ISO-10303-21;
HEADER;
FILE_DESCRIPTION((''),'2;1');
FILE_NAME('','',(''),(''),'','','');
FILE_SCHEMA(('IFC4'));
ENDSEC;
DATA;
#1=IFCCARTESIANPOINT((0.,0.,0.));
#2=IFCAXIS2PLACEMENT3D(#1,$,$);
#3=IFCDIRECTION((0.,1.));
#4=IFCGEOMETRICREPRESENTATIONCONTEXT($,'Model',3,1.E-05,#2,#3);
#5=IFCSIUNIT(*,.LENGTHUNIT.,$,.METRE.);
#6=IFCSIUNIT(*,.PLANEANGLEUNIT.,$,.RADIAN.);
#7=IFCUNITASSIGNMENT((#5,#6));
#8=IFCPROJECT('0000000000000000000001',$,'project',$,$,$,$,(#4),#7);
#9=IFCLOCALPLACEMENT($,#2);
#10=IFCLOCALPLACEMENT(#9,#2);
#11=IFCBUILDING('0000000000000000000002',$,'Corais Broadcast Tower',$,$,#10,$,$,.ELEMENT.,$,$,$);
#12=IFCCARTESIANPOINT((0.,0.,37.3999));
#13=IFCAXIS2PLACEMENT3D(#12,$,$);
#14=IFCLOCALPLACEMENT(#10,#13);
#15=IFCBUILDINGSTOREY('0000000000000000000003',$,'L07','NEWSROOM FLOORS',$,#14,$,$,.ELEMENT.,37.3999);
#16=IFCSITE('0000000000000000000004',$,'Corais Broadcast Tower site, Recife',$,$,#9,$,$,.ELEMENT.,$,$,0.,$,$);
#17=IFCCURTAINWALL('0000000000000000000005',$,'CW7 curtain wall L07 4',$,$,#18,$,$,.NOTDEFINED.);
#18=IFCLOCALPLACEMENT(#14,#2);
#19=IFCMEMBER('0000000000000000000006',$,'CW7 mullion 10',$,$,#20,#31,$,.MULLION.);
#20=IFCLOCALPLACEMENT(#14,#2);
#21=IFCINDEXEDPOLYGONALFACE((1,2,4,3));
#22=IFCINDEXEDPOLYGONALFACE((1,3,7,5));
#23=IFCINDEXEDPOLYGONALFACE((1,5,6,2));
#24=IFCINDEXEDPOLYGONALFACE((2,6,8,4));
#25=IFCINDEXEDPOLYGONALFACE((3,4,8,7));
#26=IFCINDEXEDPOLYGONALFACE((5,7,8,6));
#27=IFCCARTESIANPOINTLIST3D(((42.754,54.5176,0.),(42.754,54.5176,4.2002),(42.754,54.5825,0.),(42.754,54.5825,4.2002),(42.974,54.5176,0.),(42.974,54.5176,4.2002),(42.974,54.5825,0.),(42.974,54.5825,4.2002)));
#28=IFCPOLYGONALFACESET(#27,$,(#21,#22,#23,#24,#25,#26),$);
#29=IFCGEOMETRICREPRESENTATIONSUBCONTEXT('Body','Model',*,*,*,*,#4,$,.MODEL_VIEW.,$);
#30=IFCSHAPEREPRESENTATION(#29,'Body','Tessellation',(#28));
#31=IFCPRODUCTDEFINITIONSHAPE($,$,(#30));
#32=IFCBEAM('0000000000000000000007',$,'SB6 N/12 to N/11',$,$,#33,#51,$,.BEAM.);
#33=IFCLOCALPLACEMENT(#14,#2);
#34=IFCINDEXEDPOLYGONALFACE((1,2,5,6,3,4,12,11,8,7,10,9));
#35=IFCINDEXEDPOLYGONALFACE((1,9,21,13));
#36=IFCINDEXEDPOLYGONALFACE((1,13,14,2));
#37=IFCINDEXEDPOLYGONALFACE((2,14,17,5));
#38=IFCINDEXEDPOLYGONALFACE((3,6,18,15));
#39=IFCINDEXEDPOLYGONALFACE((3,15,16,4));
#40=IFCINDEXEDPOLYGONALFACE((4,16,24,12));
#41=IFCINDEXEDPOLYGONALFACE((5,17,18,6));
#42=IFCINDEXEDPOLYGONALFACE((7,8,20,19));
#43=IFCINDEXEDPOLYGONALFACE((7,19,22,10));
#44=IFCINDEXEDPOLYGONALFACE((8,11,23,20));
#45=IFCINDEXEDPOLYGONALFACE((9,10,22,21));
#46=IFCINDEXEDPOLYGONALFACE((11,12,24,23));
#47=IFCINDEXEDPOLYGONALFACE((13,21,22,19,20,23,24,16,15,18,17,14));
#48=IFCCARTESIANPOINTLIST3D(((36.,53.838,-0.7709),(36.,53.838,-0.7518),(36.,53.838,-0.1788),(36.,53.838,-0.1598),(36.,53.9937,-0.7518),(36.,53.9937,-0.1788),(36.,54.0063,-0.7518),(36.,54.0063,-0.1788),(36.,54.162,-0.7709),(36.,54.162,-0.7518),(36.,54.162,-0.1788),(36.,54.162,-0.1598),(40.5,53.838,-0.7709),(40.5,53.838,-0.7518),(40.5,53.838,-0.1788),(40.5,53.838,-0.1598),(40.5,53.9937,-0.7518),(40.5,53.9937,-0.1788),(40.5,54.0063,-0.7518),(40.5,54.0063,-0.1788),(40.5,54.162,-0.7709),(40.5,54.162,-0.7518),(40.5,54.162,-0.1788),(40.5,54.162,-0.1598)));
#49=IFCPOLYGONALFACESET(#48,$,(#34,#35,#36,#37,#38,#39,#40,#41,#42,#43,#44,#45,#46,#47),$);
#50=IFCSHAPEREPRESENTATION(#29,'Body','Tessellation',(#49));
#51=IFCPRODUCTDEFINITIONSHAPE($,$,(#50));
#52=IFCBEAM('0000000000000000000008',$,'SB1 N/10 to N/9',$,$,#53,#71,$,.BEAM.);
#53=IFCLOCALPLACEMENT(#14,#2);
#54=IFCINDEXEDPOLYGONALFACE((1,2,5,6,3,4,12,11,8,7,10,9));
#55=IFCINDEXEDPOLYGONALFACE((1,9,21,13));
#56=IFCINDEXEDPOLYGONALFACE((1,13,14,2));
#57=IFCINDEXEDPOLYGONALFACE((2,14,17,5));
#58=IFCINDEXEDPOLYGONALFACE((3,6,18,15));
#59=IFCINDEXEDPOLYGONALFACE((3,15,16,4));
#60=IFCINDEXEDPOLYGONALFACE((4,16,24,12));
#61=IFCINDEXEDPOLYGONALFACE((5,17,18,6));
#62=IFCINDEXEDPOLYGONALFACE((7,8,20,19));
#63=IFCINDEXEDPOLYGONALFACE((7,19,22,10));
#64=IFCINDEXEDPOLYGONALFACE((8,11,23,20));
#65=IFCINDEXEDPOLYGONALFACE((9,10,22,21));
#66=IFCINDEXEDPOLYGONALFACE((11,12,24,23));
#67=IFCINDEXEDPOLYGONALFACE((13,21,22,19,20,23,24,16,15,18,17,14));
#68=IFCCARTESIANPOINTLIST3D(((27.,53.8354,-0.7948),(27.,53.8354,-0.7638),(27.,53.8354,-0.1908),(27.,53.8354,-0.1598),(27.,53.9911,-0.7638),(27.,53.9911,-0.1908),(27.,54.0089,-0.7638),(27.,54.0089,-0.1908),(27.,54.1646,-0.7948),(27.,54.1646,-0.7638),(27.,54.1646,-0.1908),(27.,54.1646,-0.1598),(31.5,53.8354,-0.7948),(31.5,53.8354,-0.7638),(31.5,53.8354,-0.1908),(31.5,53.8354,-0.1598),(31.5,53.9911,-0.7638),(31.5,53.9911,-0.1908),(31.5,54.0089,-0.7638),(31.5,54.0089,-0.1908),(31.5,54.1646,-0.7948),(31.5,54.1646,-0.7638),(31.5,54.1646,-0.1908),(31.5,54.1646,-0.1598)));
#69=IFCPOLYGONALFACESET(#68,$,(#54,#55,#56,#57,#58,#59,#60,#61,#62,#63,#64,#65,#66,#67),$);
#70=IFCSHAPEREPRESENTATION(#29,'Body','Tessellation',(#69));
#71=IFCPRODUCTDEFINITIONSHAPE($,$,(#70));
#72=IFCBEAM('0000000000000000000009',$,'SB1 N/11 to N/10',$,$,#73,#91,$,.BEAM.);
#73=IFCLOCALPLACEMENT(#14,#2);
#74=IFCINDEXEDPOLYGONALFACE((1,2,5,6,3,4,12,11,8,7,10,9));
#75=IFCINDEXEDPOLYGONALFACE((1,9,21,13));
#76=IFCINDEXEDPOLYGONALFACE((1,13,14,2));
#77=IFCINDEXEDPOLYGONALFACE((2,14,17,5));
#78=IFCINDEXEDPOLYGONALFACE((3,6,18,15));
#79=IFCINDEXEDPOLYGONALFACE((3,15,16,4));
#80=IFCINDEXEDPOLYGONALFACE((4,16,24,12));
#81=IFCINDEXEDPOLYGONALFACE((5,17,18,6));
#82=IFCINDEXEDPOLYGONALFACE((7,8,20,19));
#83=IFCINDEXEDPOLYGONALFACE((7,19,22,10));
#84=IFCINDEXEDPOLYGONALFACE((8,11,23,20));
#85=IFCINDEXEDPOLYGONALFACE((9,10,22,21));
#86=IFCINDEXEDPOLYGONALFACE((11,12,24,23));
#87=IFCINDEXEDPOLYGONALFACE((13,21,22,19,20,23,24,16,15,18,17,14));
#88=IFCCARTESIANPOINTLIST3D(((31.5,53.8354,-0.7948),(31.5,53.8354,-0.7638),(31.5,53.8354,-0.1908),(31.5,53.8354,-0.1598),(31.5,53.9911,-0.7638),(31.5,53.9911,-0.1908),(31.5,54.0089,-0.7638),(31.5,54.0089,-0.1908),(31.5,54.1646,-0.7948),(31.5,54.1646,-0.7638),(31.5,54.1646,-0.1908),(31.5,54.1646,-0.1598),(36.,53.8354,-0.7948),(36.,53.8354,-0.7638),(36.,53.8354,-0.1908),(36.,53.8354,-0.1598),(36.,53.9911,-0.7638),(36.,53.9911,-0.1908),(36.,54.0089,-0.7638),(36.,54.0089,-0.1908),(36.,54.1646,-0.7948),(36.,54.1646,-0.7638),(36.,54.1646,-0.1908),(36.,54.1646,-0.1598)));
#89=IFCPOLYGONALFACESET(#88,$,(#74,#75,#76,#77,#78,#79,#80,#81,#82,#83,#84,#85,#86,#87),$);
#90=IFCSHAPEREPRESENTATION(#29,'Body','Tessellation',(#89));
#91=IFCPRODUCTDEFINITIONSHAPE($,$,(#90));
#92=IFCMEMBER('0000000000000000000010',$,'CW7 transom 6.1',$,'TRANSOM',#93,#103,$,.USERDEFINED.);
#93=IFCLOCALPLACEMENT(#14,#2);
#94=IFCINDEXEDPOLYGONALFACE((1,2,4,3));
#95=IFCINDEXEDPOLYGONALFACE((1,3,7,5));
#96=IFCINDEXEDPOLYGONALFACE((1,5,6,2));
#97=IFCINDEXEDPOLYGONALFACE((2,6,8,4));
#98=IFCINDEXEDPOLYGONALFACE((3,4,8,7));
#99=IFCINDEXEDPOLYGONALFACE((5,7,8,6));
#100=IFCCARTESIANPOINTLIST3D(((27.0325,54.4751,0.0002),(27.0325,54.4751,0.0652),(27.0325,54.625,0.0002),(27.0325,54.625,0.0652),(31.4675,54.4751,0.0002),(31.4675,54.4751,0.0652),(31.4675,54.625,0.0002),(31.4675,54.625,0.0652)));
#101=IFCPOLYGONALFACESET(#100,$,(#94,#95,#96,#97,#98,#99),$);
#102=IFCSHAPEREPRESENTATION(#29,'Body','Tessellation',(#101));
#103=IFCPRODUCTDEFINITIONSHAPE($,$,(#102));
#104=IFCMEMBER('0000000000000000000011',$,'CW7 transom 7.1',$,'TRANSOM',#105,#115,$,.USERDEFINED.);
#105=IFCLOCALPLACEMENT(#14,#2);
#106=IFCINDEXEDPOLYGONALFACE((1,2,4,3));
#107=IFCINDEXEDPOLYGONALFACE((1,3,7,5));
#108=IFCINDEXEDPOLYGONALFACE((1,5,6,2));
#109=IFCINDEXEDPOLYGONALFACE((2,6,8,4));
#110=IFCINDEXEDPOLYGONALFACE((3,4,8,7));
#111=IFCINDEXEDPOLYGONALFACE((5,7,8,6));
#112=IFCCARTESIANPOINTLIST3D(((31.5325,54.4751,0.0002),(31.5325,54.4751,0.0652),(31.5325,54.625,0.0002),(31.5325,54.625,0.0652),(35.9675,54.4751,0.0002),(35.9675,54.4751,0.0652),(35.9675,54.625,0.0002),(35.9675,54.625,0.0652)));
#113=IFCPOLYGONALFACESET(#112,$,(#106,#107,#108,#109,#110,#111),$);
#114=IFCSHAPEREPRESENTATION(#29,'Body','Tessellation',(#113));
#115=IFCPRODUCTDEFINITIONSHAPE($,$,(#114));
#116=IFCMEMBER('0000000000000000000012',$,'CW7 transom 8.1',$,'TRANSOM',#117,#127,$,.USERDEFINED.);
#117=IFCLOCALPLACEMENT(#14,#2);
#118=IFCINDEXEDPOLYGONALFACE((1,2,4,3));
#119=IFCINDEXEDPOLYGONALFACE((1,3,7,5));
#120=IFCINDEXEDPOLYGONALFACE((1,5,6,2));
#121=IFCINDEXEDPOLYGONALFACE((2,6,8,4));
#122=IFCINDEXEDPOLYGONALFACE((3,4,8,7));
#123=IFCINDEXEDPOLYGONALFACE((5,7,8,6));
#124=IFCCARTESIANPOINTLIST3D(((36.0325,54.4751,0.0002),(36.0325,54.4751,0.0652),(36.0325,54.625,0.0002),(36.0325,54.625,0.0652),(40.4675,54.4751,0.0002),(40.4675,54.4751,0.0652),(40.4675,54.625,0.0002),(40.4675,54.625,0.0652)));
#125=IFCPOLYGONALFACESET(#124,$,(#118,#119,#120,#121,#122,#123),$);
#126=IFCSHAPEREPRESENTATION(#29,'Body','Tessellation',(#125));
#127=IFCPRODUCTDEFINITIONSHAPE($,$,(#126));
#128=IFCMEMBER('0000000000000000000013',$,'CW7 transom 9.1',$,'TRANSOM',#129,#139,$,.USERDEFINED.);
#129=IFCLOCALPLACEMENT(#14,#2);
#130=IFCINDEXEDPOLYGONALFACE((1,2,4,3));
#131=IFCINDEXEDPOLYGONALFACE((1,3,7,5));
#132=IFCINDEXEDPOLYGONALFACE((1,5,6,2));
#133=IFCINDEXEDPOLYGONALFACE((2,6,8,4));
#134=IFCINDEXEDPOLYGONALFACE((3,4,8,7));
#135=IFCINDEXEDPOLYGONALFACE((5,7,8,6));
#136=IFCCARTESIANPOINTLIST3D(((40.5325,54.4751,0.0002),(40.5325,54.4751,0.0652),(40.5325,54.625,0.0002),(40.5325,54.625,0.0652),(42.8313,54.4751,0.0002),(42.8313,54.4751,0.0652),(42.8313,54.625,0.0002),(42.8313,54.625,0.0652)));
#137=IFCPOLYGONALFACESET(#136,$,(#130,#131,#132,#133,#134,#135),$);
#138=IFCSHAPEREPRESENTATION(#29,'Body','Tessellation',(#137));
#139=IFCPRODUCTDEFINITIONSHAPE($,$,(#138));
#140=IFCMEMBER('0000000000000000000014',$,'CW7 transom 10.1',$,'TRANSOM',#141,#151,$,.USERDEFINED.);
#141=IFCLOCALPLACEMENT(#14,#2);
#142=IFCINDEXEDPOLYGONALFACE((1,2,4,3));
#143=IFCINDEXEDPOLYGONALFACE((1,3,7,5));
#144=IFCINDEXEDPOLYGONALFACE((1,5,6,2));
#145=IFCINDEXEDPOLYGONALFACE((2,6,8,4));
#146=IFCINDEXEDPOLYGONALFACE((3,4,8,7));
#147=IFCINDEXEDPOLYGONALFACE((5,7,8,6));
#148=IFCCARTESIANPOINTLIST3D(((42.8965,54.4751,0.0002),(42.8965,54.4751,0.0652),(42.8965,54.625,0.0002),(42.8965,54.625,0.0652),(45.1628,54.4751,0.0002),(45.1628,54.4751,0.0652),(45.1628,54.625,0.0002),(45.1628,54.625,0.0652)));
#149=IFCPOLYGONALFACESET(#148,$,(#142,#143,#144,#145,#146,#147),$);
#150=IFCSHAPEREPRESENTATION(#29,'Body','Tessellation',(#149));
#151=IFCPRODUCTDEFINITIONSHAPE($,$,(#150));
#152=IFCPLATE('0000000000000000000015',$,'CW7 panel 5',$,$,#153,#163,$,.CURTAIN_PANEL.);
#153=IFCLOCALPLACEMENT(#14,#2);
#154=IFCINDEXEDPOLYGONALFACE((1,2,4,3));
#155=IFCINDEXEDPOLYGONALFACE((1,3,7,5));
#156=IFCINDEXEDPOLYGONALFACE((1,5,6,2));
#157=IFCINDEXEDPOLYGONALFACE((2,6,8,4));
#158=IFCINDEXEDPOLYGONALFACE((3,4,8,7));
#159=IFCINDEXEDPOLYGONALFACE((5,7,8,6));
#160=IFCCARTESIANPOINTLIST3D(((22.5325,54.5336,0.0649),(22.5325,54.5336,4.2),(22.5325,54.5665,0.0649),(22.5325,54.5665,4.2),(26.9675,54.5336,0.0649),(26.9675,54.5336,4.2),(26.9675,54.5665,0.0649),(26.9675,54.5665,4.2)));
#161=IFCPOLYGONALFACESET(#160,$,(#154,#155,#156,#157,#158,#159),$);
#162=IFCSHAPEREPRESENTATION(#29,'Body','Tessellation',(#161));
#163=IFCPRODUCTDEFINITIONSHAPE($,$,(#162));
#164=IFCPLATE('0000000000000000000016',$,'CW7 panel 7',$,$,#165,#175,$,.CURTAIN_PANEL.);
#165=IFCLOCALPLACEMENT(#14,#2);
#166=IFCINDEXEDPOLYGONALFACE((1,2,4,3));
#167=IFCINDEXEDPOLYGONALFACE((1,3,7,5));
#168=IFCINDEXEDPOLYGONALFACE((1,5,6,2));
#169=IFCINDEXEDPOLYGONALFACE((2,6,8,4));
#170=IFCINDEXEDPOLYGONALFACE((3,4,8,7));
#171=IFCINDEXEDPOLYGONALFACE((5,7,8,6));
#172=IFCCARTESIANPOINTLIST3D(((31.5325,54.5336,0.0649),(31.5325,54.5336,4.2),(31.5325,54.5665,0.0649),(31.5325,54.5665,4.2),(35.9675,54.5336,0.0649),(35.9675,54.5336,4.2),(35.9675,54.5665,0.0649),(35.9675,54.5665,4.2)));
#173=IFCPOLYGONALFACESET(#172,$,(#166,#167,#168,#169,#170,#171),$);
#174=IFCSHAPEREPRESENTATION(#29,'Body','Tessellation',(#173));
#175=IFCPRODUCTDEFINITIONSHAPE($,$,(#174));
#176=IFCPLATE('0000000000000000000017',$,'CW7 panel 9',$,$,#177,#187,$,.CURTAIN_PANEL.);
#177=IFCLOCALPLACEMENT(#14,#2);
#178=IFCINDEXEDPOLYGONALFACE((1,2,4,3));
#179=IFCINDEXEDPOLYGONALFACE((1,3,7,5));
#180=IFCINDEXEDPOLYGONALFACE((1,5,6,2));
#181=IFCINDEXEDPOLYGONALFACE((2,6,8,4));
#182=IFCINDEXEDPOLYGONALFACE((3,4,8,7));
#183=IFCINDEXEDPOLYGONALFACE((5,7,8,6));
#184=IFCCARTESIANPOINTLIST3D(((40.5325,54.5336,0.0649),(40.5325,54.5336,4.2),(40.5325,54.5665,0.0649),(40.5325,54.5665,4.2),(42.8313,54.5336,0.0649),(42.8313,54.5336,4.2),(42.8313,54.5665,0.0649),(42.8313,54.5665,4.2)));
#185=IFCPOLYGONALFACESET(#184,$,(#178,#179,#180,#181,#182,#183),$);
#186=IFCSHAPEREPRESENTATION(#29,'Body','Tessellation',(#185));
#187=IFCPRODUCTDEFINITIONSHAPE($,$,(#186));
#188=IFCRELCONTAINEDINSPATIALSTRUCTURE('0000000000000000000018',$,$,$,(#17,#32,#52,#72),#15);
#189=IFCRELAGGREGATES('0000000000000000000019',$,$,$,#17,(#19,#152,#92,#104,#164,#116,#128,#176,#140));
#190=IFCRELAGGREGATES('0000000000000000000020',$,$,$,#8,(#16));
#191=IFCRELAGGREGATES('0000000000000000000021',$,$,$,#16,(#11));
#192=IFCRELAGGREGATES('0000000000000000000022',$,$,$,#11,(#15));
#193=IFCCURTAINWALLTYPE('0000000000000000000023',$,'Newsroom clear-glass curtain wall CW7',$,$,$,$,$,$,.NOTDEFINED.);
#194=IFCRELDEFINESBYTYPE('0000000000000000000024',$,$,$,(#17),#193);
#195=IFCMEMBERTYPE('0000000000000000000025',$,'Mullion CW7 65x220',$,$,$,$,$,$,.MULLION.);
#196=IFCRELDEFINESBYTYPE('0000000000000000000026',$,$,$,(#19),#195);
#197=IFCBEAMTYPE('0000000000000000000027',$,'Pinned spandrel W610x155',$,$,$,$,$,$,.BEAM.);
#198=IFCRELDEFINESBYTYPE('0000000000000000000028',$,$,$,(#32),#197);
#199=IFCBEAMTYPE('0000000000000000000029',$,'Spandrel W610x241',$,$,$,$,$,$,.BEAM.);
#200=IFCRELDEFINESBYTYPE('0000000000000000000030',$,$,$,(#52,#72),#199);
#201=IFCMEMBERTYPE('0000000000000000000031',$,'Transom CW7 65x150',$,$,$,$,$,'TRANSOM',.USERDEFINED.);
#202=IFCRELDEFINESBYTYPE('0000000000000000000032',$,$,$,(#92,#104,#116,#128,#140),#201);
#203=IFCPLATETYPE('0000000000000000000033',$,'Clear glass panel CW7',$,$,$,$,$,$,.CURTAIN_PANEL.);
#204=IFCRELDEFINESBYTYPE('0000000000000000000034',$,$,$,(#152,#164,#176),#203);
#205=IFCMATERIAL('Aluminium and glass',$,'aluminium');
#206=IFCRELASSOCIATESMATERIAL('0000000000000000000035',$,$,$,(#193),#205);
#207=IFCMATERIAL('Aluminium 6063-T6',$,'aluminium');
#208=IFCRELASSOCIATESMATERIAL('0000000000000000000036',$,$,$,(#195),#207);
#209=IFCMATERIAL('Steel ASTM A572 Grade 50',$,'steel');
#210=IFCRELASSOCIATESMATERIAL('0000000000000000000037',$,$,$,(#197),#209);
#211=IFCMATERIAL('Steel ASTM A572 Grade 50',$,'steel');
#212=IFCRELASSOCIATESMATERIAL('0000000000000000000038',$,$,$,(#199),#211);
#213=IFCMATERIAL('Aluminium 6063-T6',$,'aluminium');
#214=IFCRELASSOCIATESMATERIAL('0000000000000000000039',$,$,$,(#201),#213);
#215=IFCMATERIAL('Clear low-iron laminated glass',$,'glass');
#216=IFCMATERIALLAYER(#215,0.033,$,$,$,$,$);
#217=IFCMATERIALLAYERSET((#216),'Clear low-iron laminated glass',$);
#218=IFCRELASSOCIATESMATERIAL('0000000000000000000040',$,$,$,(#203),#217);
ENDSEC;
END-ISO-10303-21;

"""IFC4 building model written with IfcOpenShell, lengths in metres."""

from ifc_helpers import new_model, si_unit, direction, frame, origin, origin_2d, place, context, subcontext, project, spatial, rectangle, i_section, extrude, material, layer, layer_set, material_profile, profile_set, type_object, element, aggregate, save


model = new_model("IFC4")

# Units and contexts
model_context = context("Model", 3, precision=1e-05, world=origin(), true_north=direction((0.0, 1.0)))
body_context = subcontext(model_context, "Body", "Model", "MODEL_VIEW")
ifc_project = project(units=[si_unit("LENGTHUNIT", "METRE"), si_unit("PLANEANGLEUNIT", "RADIAN")], contexts=[model_context])

# Site, building, storey
site_placement = place(None, origin())
site = spatial("IfcSite", under=ifc_project, at=site_placement, Name="Corais Broadcast Tower site, Recife", CompositionType="ELEMENT", RefElevation=0.0)
building_placement = place(site_placement, origin())
building = spatial("IfcBuilding", under=site, at=building_placement, Name="Corais Broadcast Tower", CompositionType="ELEMENT")
storey_placement = place(building_placement, frame((0.0, 0.0, 37.3999)))
storey = spatial("IfcBuildingStorey", under=building, at=storey_placement, Name="L07", Description="NEWSROOM FLOORS", CompositionType="ELEMENT", Elevation=37.3999)

# Curtain wall, member
ifc_material_1 = material(Name="Aluminium and glass", Category="aluminium")
curtain_wall_type = type_object("IfcCurtainWallType", Name="Newsroom clear-glass curtain wall CW7", PredefinedType="NOTDEFINED", material=ifc_material_1)
curtain_wall_placement = place(storey_placement, origin())
curtain_wall = element("IfcCurtainWall", 1, at=curtain_wall_placement, inside=storey, type_object=curtain_wall_type, Name="CW7 curtain wall L07 4", PredefinedType="NOTDEFINED")
ifc_material_2 = material(Name="Aluminium 6063-T6", Category="aluminium")
ifc_material_profile_1 = material_profile(ifc_material_2, rectangle(XDim=0.0649, YDim=0.22, at=origin_2d()), Name="Mullion CW7 65x220")
ifc_profile_set_1 = profile_set([ifc_material_profile_1], Name="Aluminium 6063-T6")
member_type_1 = type_object("IfcMemberType", Name="Mullion CW7 65x220", PredefinedType="MULLION", material=ifc_profile_set_1)
member_1_placement = place(storey_placement, frame((42.864, 54.55, 0.0), z_axis=(0.0, 0.0, 1.0), x_axis=(0.0, 1.0, 0.0)))
member_1 = element("IfcMember", 2, at=member_1_placement, type_object=member_type_1, Name="CW7 mullion 10", PredefinedType="MULLION", context=body_context, shape_type="SweptSolid", body=[
    extrude(rectangle(XDim=0.0649, YDim=0.22, at=origin_2d()), origin(), (0.0, 0.0, 1.0), 4.2002),
])

# Beams
ifc_material_3 = material(Name="Steel ASTM A572 Grade 50", Category="steel")
ifc_material_profile_2 = material_profile(ifc_material_3, i_section(OverallWidth=0.324, OverallDepth=0.6111, WebThickness=0.0127, FlangeThickness=0.019, at=origin_2d()), Name="W610x155")
ifc_profile_set_2 = profile_set([ifc_material_profile_2], Name="Steel ASTM A572 Grade 50")
beam_type_1 = type_object("IfcBeamType", Name="Pinned spandrel W610x155", PredefinedType="BEAM", material=ifc_profile_set_2)
beam_1_placement = place(storey_placement, frame((40.5, 54.0, -0.4653), z_axis=(-1.0, 0.0, 0.0), x_axis=(0.0, -1.0, 0.0)))
element("IfcBeam", 3, at=beam_1_placement, inside=storey, type_object=beam_type_1, Name="SB6 N/12 to N/11", PredefinedType="BEAM", context=body_context, shape_type="SweptSolid", body=[
    extrude(i_section(OverallWidth=0.324, OverallDepth=0.6111, WebThickness=0.0127, FlangeThickness=0.019, at=origin_2d()), origin(), (0.0, 0.0, 1.0), 4.5),
])
ifc_material_4 = material(Name="Steel ASTM A572 Grade 50", Category="steel")
ifc_material_profile_3 = material_profile(ifc_material_4, i_section(OverallWidth=0.3291, OverallDepth=0.635, WebThickness=0.0178, FlangeThickness=0.031, at=origin_2d()), Name="W610x241")
ifc_profile_set_3 = profile_set([ifc_material_profile_3], Name="Steel ASTM A572 Grade 50")
beam_type_2 = type_object("IfcBeamType", Name="Spandrel W610x241", PredefinedType="BEAM", material=ifc_profile_set_3)
for number, where, z_axis, x_axis, name in (
    (4, (31.5, 54.0, -0.4773), (-1.0, 0.0, 0.0), (0.0, -1.0, 0.0), "SB1 N/10 to N/9"),
    (5, (36.0, 54.0, -0.4773), (-1.0, 0.0, 0.0), (0.0, -1.0, 0.0), "SB1 N/11 to N/10"),
):
    element("IfcBeam", number, at=place(storey_placement, frame(where, z_axis=z_axis, x_axis=x_axis)), inside=storey, type_object=beam_type_2, Name=name, PredefinedType="BEAM", context=body_context, shape_type="SweptSolid", body=[
        extrude(i_section(OverallWidth=0.3291, OverallDepth=0.635, WebThickness=0.0178, FlangeThickness=0.031, at=origin_2d()), origin(), (0.0, 0.0, 1.0), 4.5),
    ])

# Members
ifc_material_5 = material(Name="Aluminium 6063-T6", Category="aluminium")
ifc_material_profile_4 = material_profile(ifc_material_5, rectangle(XDim=0.1499, YDim=0.0649, at=origin_2d()), Name="Transom CW7 65x150")
ifc_profile_set_4 = profile_set([ifc_material_profile_4], Name="Aluminium 6063-T6")
member_type_2 = type_object("IfcMemberType", Name="Transom CW7 65x150", ElementType="TRANSOM", PredefinedType="USERDEFINED", material=ifc_profile_set_4)
member_2_placement = place(storey_placement, frame((27.0325, 54.55, 0.0327), z_axis=(1.0, 0.0, 0.0), x_axis=(0.0, 1.0, 0.0)))
member_2 = element("IfcMember", 6, at=member_2_placement, type_object=member_type_2, Name="CW7 transom 6.1", ObjectType="TRANSOM", PredefinedType="USERDEFINED", context=body_context, shape_type="SweptSolid", body=[
    extrude(rectangle(XDim=0.1499, YDim=0.0649, at=origin_2d()), origin(), (0.0, 0.0, 1.0), 4.4351),
])
member_3_placement = place(storey_placement, frame((31.5325, 54.55, 0.0327), z_axis=(1.0, 0.0, 0.0), x_axis=(0.0, 1.0, 0.0)))
member_3 = element("IfcMember", 7, at=member_3_placement, type_object=member_type_2, Name="CW7 transom 7.1", ObjectType="TRANSOM", PredefinedType="USERDEFINED", context=body_context, shape_type="SweptSolid", body=[
    extrude(rectangle(XDim=0.1499, YDim=0.0649, at=origin_2d()), origin(), (0.0, 0.0, 1.0), 4.4351),
])
member_4_placement = place(storey_placement, frame((36.0325, 54.55, 0.0327), z_axis=(1.0, 0.0, 0.0), x_axis=(0.0, 1.0, 0.0)))
member_4 = element("IfcMember", 8, at=member_4_placement, type_object=member_type_2, Name="CW7 transom 8.1", ObjectType="TRANSOM", PredefinedType="USERDEFINED", context=body_context, shape_type="SweptSolid", body=[
    extrude(rectangle(XDim=0.1499, YDim=0.0649, at=origin_2d()), origin(), (0.0, 0.0, 1.0), 4.4351),
])
member_5_placement = place(storey_placement, frame((40.5325, 54.55, 0.0327), z_axis=(1.0, 0.0, 0.0), x_axis=(0.0, 1.0, 0.0)))
member_5 = element("IfcMember", 9, at=member_5_placement, type_object=member_type_2, Name="CW7 transom 9.1", ObjectType="TRANSOM", PredefinedType="USERDEFINED", context=body_context, shape_type="SweptSolid", body=[
    extrude(rectangle(XDim=0.1499, YDim=0.0649, at=origin_2d()), origin(), (0.0, 0.0, 1.0), 2.2988),
])
member_6_placement = place(storey_placement, frame((42.8965, 54.55, 0.0327), z_axis=(1.0, 0.0, 0.0), x_axis=(0.0, 1.0, 0.0)))
member_6 = element("IfcMember", 10, at=member_6_placement, type_object=member_type_2, Name="CW7 transom 10.1", ObjectType="TRANSOM", PredefinedType="USERDEFINED", context=body_context, shape_type="SweptSolid", body=[
    extrude(rectangle(XDim=0.1499, YDim=0.0649, at=origin_2d()), origin(), (0.0, 0.0, 1.0), 2.2664),
])

# Plates
ifc_material_6 = material(Name="Clear low-iron laminated glass", Category="glass")
ifc_layer_1 = layer(ifc_material_6, 0.033)
ifc_layer_set_1 = layer_set([ifc_layer_1], Name="Clear low-iron laminated glass")
plate_type_1 = type_object("IfcPlateType", Name="Clear glass panel CW7", PredefinedType="CURTAIN_PANEL", material=ifc_layer_set_1)
plate_1_placement = place(storey_placement, frame((24.75, 54.55, 0.0649), z_axis=(0.0, 0.0, 1.0), x_axis=(1.0, 0.0, 0.0)))
plate_1 = element("IfcPlate", 11, at=plate_1_placement, type_object=plate_type_1, Name="CW7 panel 5", PredefinedType="CURTAIN_PANEL", context=body_context, shape_type="SweptSolid", body=[
    extrude(rectangle(XDim=4.4351, YDim=0.033, at=origin_2d()), origin(), (0.0, 0.0, 1.0), 4.135),
])
plate_2_placement = place(storey_placement, frame((33.75, 54.55, 0.0649), z_axis=(0.0, 0.0, 1.0), x_axis=(1.0, 0.0, 0.0)))
plate_2 = element("IfcPlate", 12, at=plate_2_placement, type_object=plate_type_1, Name="CW7 panel 7", PredefinedType="CURTAIN_PANEL", context=body_context, shape_type="SweptSolid", body=[
    extrude(rectangle(XDim=4.4351, YDim=0.033, at=origin_2d()), origin(), (0.0, 0.0, 1.0), 4.135),
])
plate_3_placement = place(storey_placement, frame((41.6819, 54.55, 0.0649), z_axis=(0.0, 0.0, 1.0), x_axis=(1.0, 0.0, 0.0)))
plate_3 = element("IfcPlate", 13, at=plate_3_placement, type_object=plate_type_1, Name="CW7 panel 9", PredefinedType="CURTAIN_PANEL", context=body_context, shape_type="SweptSolid", body=[
    extrude(rectangle(XDim=2.2988, YDim=0.033, at=origin_2d()), origin(), (0.0, 0.0, 1.0), 4.135),
])
aggregate(curtain_wall, [member_1, plate_1, member_2, member_3, plate_2, member_4, member_5, plate_3, member_6])

save(model, "model.ifc")
